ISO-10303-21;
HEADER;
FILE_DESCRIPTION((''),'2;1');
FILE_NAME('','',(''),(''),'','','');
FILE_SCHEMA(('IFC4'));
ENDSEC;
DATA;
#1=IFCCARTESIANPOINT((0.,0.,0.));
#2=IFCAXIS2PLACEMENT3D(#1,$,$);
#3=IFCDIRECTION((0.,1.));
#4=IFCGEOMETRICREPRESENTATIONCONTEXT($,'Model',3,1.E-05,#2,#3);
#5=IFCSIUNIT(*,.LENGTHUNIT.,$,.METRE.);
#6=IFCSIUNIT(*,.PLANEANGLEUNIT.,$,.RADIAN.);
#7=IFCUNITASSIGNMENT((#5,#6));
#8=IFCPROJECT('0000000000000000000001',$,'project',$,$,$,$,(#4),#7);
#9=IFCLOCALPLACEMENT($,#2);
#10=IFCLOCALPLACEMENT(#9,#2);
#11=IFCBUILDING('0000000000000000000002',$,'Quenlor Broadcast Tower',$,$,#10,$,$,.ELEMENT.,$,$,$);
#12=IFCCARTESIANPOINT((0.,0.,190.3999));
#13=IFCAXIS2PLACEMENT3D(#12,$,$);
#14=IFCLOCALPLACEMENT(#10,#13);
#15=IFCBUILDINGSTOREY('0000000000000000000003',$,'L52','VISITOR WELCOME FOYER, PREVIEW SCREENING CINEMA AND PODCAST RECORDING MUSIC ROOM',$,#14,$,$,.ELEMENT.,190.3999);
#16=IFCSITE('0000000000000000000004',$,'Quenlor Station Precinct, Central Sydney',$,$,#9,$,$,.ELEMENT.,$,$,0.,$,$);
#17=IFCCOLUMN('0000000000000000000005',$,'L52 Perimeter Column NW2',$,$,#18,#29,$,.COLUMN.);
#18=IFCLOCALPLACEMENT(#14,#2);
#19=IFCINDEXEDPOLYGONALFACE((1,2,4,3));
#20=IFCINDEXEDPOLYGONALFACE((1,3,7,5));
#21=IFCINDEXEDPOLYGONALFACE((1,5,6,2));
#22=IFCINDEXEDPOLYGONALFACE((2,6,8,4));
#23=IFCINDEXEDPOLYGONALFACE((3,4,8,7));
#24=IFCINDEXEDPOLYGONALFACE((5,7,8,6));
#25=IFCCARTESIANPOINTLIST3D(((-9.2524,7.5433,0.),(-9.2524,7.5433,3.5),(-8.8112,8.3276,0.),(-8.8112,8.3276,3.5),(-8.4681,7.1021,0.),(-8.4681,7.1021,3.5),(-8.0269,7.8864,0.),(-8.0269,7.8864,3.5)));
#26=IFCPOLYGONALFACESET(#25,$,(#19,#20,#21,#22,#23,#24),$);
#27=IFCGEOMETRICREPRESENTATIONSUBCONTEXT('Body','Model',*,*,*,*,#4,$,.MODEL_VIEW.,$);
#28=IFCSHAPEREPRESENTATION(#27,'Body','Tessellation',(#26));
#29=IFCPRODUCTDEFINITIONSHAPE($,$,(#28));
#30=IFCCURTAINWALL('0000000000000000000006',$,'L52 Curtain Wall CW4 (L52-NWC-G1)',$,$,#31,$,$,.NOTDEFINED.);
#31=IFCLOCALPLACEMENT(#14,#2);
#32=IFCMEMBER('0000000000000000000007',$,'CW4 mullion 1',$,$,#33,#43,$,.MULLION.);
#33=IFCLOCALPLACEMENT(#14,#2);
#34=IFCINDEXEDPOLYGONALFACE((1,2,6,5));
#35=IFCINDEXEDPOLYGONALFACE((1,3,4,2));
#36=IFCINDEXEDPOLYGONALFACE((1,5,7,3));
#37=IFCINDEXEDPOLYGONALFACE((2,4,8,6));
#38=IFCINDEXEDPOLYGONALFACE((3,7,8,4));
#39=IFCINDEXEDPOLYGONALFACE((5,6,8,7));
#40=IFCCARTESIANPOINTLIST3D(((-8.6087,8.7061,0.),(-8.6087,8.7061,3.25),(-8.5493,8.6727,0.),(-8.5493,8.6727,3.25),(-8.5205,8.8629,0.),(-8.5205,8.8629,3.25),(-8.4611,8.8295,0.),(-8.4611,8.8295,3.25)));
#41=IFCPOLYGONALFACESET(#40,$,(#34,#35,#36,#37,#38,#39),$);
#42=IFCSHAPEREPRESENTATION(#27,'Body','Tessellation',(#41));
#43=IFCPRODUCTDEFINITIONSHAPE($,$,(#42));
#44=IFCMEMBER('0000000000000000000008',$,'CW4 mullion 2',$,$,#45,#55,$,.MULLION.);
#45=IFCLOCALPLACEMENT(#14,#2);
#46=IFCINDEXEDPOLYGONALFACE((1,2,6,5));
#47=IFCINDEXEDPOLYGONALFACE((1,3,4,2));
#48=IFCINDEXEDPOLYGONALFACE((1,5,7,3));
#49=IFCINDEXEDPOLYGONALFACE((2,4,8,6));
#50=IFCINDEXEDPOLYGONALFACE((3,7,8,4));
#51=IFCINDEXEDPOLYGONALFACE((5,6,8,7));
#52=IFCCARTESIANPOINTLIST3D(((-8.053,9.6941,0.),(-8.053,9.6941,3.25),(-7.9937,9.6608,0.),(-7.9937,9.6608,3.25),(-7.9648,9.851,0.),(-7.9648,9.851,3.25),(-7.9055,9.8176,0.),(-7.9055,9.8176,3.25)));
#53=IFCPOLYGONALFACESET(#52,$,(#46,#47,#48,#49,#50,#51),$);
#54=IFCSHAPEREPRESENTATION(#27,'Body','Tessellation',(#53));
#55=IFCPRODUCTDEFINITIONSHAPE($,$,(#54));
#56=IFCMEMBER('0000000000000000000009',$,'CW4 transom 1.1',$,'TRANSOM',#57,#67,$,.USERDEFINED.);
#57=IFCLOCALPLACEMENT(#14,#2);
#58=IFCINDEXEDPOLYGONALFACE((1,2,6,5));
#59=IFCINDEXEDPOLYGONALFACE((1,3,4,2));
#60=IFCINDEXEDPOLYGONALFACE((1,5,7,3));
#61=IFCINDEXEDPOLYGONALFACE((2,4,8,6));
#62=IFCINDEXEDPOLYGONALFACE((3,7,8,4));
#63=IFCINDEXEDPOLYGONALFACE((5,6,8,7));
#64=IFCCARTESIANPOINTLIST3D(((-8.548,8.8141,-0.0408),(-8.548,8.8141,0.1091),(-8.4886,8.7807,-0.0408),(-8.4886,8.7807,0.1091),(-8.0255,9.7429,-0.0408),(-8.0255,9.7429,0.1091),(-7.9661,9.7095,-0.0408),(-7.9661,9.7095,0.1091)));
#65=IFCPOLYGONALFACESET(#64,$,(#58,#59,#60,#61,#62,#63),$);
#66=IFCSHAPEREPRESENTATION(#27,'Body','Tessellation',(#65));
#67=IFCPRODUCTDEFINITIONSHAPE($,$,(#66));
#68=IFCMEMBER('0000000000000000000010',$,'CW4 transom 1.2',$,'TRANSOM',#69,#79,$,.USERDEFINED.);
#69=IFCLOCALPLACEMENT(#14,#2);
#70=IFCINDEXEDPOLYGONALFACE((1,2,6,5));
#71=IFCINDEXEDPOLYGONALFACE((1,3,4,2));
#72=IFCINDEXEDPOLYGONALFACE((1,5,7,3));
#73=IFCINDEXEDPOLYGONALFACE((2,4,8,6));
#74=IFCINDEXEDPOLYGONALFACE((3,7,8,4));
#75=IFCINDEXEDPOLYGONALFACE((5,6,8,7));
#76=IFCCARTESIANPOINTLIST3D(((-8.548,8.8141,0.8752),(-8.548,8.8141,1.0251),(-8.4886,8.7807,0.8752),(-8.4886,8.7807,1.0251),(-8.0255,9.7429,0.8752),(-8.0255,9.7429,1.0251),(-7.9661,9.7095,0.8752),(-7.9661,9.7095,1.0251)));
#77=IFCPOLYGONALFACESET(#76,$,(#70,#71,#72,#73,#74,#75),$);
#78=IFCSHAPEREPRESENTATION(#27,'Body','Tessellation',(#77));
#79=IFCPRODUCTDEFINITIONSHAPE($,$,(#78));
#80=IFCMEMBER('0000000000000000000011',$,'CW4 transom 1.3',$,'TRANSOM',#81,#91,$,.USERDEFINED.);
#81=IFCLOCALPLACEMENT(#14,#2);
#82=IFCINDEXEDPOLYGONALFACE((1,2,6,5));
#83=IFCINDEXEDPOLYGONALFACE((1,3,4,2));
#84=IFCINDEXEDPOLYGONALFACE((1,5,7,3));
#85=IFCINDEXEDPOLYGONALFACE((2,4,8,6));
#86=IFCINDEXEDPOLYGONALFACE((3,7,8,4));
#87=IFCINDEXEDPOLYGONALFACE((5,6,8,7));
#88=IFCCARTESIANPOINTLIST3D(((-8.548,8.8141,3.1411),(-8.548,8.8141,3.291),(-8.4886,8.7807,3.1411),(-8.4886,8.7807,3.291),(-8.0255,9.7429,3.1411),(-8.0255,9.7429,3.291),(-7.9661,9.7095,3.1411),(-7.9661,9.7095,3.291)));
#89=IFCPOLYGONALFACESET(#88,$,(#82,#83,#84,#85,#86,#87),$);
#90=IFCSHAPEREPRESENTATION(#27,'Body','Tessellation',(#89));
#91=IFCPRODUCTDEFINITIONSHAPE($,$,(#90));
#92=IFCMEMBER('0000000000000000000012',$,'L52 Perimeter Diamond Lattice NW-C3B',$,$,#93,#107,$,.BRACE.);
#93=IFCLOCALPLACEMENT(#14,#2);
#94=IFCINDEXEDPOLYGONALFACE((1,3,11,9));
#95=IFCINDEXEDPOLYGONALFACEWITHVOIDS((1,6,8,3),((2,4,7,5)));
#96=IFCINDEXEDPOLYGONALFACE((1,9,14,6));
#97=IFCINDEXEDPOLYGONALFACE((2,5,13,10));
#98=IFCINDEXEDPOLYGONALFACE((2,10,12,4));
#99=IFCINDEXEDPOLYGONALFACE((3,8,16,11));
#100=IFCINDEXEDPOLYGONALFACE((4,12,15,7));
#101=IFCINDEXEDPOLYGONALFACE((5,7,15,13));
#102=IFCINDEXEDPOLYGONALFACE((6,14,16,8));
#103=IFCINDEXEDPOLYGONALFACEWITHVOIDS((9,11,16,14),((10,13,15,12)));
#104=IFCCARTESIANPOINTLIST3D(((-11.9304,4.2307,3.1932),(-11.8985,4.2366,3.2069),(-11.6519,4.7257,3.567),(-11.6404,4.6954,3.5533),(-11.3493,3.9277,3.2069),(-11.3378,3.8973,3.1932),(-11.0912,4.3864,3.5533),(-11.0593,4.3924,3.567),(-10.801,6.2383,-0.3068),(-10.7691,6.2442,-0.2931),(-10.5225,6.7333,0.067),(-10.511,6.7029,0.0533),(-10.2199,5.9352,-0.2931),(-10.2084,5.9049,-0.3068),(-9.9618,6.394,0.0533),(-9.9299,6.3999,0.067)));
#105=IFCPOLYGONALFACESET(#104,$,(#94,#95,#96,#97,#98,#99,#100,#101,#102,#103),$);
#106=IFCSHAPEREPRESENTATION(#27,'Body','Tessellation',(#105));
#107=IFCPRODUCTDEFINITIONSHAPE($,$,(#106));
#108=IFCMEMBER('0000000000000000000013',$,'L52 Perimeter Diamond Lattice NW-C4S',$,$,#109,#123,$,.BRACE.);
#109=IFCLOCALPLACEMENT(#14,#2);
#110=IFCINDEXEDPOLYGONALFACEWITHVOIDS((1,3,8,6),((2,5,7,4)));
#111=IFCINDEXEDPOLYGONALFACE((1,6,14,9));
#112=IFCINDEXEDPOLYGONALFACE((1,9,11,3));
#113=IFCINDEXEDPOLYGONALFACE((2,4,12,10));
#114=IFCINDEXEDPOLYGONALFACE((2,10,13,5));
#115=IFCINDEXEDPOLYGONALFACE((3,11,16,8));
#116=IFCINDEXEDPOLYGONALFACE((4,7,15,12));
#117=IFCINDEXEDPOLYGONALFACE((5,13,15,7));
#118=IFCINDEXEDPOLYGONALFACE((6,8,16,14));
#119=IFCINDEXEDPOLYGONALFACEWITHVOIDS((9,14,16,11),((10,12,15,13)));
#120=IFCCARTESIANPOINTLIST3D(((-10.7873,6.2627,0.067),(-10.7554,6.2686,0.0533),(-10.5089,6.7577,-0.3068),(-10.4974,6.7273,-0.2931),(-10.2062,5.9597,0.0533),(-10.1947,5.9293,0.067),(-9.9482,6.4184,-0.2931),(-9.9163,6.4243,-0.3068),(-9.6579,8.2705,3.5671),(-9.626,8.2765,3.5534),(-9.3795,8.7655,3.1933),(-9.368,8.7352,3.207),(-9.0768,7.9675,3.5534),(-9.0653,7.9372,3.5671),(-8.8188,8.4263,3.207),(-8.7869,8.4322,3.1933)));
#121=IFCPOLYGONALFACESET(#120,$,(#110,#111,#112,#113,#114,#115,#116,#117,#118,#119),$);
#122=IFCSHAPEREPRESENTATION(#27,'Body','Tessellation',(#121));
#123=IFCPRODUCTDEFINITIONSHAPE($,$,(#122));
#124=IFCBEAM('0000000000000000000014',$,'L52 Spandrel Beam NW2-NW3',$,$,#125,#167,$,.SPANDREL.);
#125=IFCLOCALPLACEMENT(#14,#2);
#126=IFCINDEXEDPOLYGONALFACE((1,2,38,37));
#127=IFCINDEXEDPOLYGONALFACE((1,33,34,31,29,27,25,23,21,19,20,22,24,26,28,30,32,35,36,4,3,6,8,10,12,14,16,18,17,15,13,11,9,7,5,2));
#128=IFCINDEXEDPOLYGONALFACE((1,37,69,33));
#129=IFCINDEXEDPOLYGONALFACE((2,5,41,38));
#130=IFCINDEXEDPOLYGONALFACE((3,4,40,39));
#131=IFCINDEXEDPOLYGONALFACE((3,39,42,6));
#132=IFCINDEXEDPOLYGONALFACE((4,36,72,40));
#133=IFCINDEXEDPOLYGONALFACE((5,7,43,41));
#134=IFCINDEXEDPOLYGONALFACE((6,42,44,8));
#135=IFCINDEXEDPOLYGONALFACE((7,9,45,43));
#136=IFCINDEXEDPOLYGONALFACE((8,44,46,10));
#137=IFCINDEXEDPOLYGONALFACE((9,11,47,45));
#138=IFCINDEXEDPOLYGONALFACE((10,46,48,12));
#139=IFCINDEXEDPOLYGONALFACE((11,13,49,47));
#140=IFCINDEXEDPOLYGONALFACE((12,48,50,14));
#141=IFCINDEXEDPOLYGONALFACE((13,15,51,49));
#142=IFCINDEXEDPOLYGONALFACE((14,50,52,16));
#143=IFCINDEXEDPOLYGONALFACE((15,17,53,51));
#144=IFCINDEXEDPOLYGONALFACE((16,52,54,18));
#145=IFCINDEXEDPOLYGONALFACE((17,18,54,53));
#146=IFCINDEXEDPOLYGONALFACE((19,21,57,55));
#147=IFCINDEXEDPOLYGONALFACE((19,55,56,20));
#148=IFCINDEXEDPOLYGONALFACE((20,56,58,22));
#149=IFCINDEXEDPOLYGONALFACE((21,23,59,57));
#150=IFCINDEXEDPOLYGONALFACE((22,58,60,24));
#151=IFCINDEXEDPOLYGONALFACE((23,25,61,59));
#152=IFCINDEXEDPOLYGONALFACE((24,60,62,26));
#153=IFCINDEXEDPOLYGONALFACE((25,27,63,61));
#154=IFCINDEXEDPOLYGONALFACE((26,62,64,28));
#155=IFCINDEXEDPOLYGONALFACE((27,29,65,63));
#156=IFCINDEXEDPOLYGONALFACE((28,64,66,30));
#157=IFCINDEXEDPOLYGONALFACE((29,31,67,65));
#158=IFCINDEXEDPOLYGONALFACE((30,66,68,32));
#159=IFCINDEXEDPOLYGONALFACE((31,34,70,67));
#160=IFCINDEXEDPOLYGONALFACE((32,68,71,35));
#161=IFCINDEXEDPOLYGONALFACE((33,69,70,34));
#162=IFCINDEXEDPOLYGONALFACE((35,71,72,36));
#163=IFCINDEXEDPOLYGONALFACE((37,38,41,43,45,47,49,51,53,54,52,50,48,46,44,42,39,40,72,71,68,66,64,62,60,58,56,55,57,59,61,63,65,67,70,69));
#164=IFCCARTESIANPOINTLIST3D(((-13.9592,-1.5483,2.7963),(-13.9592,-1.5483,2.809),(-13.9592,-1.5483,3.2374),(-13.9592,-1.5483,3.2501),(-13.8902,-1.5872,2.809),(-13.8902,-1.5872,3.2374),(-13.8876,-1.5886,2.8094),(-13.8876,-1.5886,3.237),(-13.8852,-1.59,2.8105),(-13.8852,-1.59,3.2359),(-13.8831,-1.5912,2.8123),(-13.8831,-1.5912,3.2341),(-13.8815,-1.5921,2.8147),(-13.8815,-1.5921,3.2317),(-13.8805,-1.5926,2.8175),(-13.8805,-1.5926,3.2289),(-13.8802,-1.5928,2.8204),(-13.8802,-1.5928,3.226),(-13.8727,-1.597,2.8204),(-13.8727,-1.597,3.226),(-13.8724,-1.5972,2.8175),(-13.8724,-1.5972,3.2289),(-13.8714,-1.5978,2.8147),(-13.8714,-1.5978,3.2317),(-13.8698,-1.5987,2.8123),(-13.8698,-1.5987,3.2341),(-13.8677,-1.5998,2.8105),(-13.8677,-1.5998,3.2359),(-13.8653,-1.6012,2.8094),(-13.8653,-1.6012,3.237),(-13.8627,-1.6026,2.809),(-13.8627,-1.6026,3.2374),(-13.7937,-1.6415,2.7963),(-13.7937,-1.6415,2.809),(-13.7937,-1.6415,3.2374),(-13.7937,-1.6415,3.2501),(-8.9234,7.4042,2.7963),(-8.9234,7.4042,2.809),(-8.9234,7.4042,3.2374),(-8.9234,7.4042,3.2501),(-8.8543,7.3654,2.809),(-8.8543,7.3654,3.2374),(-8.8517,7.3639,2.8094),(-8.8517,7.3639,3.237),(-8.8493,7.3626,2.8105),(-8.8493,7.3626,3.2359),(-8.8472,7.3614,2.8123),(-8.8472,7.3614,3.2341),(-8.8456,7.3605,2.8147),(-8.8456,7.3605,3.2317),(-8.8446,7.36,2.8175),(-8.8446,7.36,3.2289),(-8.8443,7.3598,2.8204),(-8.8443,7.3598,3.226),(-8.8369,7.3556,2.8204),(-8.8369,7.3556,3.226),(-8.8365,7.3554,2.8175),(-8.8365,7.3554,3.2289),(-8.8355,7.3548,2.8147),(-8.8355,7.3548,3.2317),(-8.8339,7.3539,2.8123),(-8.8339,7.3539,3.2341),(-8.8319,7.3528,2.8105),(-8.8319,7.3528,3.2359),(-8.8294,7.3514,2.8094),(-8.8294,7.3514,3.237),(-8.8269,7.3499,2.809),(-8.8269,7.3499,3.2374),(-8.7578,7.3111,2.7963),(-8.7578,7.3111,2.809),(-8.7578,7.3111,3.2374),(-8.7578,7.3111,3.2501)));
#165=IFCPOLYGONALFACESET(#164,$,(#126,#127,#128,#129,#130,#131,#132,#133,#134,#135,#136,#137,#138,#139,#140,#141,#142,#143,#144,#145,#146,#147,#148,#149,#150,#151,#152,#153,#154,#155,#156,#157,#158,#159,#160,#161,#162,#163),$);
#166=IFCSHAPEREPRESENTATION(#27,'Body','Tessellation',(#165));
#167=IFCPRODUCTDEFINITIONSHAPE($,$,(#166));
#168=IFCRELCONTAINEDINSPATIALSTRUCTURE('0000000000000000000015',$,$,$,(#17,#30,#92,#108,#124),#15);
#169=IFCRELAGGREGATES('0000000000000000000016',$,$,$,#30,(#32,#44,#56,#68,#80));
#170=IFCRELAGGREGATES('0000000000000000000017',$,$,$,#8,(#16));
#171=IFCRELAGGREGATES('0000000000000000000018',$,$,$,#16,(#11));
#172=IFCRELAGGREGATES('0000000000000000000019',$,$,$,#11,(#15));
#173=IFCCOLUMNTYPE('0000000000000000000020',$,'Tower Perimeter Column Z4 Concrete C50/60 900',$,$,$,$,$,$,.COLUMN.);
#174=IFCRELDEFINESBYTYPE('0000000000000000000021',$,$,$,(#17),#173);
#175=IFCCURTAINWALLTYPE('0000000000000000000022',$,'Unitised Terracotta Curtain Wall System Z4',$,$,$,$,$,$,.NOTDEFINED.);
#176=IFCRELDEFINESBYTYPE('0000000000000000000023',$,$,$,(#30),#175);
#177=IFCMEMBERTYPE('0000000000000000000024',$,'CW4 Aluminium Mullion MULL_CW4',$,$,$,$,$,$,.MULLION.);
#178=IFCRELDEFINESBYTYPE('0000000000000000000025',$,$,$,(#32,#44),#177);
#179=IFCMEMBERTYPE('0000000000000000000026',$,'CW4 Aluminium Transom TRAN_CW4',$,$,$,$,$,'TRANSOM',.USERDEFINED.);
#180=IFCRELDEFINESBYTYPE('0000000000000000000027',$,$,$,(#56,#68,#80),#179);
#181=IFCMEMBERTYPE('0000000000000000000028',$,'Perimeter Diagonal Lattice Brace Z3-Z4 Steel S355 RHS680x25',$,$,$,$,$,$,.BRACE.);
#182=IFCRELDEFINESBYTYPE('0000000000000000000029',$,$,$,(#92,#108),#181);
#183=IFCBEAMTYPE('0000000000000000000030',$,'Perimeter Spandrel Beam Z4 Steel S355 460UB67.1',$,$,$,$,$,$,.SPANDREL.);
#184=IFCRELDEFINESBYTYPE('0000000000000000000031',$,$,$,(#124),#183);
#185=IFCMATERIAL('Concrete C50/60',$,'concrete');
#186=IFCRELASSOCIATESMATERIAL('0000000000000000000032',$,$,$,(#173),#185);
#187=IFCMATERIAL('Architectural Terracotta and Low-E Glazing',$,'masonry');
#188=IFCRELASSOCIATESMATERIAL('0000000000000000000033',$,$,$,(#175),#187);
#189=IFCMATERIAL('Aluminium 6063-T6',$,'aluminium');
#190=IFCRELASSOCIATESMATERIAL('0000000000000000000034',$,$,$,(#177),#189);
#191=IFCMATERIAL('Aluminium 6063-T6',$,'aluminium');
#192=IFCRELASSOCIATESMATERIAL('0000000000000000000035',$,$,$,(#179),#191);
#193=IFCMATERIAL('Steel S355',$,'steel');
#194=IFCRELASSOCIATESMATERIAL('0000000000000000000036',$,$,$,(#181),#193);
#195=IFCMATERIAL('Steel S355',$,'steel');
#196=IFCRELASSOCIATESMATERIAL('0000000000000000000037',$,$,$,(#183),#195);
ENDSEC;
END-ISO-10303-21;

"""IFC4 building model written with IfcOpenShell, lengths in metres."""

from ifc_helpers import new_model, si_unit, direction, frame, origin, origin_2d, place, context, subcontext, project, spatial, rectangle, hollow_rectangle, i_section, extrude, material, material_profile, profile_set, type_object, element, aggregate, save


model = new_model("IFC4")

# Units and contexts
model_context = context("Model", 3, precision=1e-05, world=origin(), true_north=direction((0.0, 1.0)))
body_context = subcontext(model_context, "Body", "Model", "MODEL_VIEW")
ifc_project = project(units=[si_unit("LENGTHUNIT", "METRE"), si_unit("PLANEANGLEUNIT", "RADIAN")], contexts=[model_context])

# Site, building, storey
site_placement = place(None, origin())
site = spatial("IfcSite", under=ifc_project, at=site_placement, Name="Quenlor Station Precinct, Central Sydney", CompositionType="ELEMENT", RefElevation=0.0)
building_placement = place(site_placement, origin())
building = spatial("IfcBuilding", under=site, at=building_placement, Name="Quenlor Broadcast Tower", CompositionType="ELEMENT")
storey_placement = place(building_placement, frame((0.0, 0.0, 190.3999)))
storey = spatial("IfcBuildingStorey", under=building, at=storey_placement, Name="L52", Description="VISITOR WELCOME FOYER, PREVIEW SCREENING CINEMA AND PODCAST RECORDING MUSIC ROOM", CompositionType="ELEMENT", Elevation=190.3999)

# Column
ifc_material_1 = material(Name="Concrete C50/60", Category="concrete")
ifc_material_profile_1 = material_profile(ifc_material_1, rectangle(XDim=0.8999, YDim=0.8999, at=origin_2d()))
ifc_profile_set_1 = profile_set([ifc_material_profile_1], Name="Concrete C50/60 RC900x900")
column_type = type_object("IfcColumnType", Name="Tower Perimeter Column Z4 Concrete C50/60 900", PredefinedType="COLUMN", material=ifc_profile_set_1)
column_placement = place(storey_placement, frame((-8.6396, 7.7148, 0.0), z_axis=(0.0, 0.0, 1.0), x_axis=(-0.871575, 0.490262, 0.0)))
element("IfcColumn", 1, at=column_placement, inside=storey, type_object=column_type, Name="L52 Perimeter Column NW2", PredefinedType="COLUMN", context=body_context, shape_type="SweptSolid", body=[
    extrude(rectangle(XDim=0.8999, YDim=0.8999, at=origin_2d()), origin(), (0.0, 0.0, 1.0), 3.5),
])

# Curtain wall, members
ifc_material_2 = material(Name="Architectural Terracotta and Low-E Glazing", Category="masonry")
curtain_wall_type = type_object("IfcCurtainWallType", Name="Unitised Terracotta Curtain Wall System Z4", PredefinedType="NOTDEFINED", material=ifc_material_2)
curtain_wall_placement = place(storey_placement, origin())
curtain_wall = element("IfcCurtainWall", 2, at=curtain_wall_placement, inside=storey, type_object=curtain_wall_type, Name="L52 Curtain Wall CW4 (L52-NWC-G1)", PredefinedType="NOTDEFINED")
ifc_material_3 = material(Name="Aluminium 6063-T6", Category="aluminium")
ifc_material_profile_2 = material_profile(ifc_material_3, rectangle(XDim=0.0681, YDim=0.1799, at=origin_2d()))
ifc_profile_set_2 = profile_set([ifc_material_profile_2], Name="Aluminium 6063-T6 MULL68x180")
member_type_1 = type_object("IfcMemberType", Name="CW4 Aluminium Mullion MULL_CW4", PredefinedType="MULLION", material=ifc_profile_set_2)
member_1_placement = place(storey_placement, frame((-8.5349, 8.7678, 0.0), z_axis=(0.0, 0.0, 1.0), x_axis=(-0.871558, 0.490293, 0.0)))
member_1 = element("IfcMember", 3, at=member_1_placement, type_object=member_type_1, Name="CW4 mullion 1", PredefinedType="MULLION", context=body_context, shape_type="SweptSolid", body=[
    extrude(rectangle(XDim=0.0681, YDim=0.1799, at=origin_2d()), origin(), (0.0, 0.0, 1.0), 3.25),
])
member_2_placement = place(storey_placement, frame((-7.9792, 9.7559, 0.0), z_axis=(0.0, 0.0, 1.0), x_axis=(-0.871558, 0.490293, 0.0)))
member_2 = element("IfcMember", 4, at=member_2_placement, type_object=member_type_1, Name="CW4 mullion 2", PredefinedType="MULLION", context=body_context, shape_type="SweptSolid", body=[
    extrude(rectangle(XDim=0.0681, YDim=0.1799, at=origin_2d()), origin(), (0.0, 0.0, 1.0), 3.25),
])
ifc_material_4 = material(Name="Aluminium 6063-T6", Category="aluminium")
ifc_material_profile_3 = material_profile(ifc_material_4, rectangle(XDim=0.0681, YDim=0.1499, at=origin_2d()))
ifc_profile_set_3 = profile_set([ifc_material_profile_3], Name="Aluminium 6063-T6 TRAN68x150")
member_type_2 = type_object("IfcMemberType", Name="CW4 Aluminium Transom TRAN_CW4", ElementType="TRANSOM", PredefinedType="USERDEFINED", material=ifc_profile_set_3)
member_3_placement = place(storey_placement, frame((-8.5183, 8.7974, 0.0342), z_axis=(0.490305, 0.871551, 0.0), x_axis=(-0.871551, 0.490305, 0.0)))
member_3 = element("IfcMember", 5, at=member_3_placement, type_object=member_type_2, Name="CW4 transom 1.1", ObjectType="TRANSOM", PredefinedType="USERDEFINED", context=body_context, shape_type="SweptSolid", body=[
    extrude(rectangle(XDim=0.0681, YDim=0.1499, at=origin_2d()), origin(), (0.0, 0.0, 1.0), 1.0657),
])
member_4_placement = place(storey_placement, frame((-8.5183, 8.7974, 0.9502), z_axis=(0.490305, 0.871551, 0.0), x_axis=(-0.871551, 0.490305, 0.0)))
member_4 = element("IfcMember", 6, at=member_4_placement, type_object=member_type_2, Name="CW4 transom 1.2", ObjectType="TRANSOM", PredefinedType="USERDEFINED", context=body_context, shape_type="SweptSolid", body=[
    extrude(rectangle(XDim=0.0681, YDim=0.1499, at=origin_2d()), origin(), (0.0, 0.0, 1.0), 1.0657),
])
member_5_placement = place(storey_placement, frame((-8.5183, 8.7974, 3.2161), z_axis=(0.490305, 0.871551, 0.0), x_axis=(-0.871551, 0.490305, 0.0)))
member_5 = element("IfcMember", 7, at=member_5_placement, type_object=member_type_2, Name="CW4 transom 1.3", ObjectType="TRANSOM", PredefinedType="USERDEFINED", context=body_context, shape_type="SweptSolid", body=[
    extrude(rectangle(XDim=0.0681, YDim=0.1499, at=origin_2d()), origin(), (0.0, 0.0, 1.0), 1.0657),
])

# Members
ifc_material_5 = material(Name="Steel S355", Category="steel")
ifc_material_profile_4 = material_profile(ifc_material_5, hollow_rectangle(XDim=0.6799, YDim=0.6799, WallThickness=0.0249, at=origin_2d()))
ifc_profile_set_4 = profile_set([ifc_material_profile_4], Name="Steel S355 RHS680x680x25")
member_type_3 = type_object("IfcMemberType", Name="Perimeter Diagonal Lattice Brace Z3-Z4 Steel S355 RHS680x25", PredefinedType="BRACE", material=ifc_profile_set_4)
member_6_placement = place(storey_placement, frame((-10.3655, 6.3191, -0.1199), z_axis=(-0.269547, -0.479136, 0.835328), x_axis=(0.87155, -0.490307, 0.0)))
element("IfcMember", 8, at=member_6_placement, inside=storey, type_object=member_type_3, Name="L52 Perimeter Diamond Lattice NW-C3B", PredefinedType="BRACE", context=body_context, shape_type="SweptSolid", body=[
    extrude(hollow_rectangle(XDim=0.6799, YDim=0.6799, WallThickness=0.0249, at=origin_2d()), origin(), (0.0, 0.0, 1.0), 4.1899),
])
member_7_placement = place(storey_placement, frame((-10.3518, 6.3435, -0.1199), z_axis=(0.26954, 0.479181, 0.835305), x_axis=(-0.871576, 0.490261, 0.0)))
element("IfcMember", 9, at=member_7_placement, inside=storey, type_object=member_type_3, Name="L52 Perimeter Diamond Lattice NW-C4S", PredefinedType="BRACE", context=body_context, shape_type="SweptSolid", body=[
    extrude(hollow_rectangle(XDim=0.6799, YDim=0.6799, WallThickness=0.0249, at=origin_2d()), origin(), (0.0, 0.0, 1.0), 4.1902),
])

# Beam
ifc_material_6 = material(Name="Steel S355", Category="steel")
ifc_material_profile_5 = material_profile(ifc_material_6, i_section(OverallWidth=0.1899, OverallDepth=0.4539, WebThickness=0.0085, FlangeThickness=0.0127, FilletRadius=0.0115, at=origin_2d()))
ifc_profile_set_5 = profile_set([ifc_material_profile_5], Name="Steel S355 460UB67.1")
beam_type_1 = type_object("IfcBeamType", Name="Perimeter Spandrel Beam Z4 Steel S355 460UB67.1", PredefinedType="SPANDREL", material=ifc_profile_set_5)
beam_1_placement = place(storey_placement, frame((-8.8406, 7.3577, 3.0232), z_axis=(-0.490263, -0.871574, 0.0), x_axis=(0.871574, -0.490263, 0.0)))
element("IfcBeam", 10, at=beam_1_placement, inside=storey, type_object=beam_type_1, Name="L52 Spandrel Beam NW2-NW3", PredefinedType="SPANDREL", context=body_context, shape_type="SweptSolid", body=[
    extrude(i_section(OverallWidth=0.1899, OverallDepth=0.4539, WebThickness=0.0085, FlangeThickness=0.0127, FilletRadius=0.0115, at=origin_2d()), origin(), (0.0, 0.0, 1.0), 10.2717),
])

aggregate(curtain_wall, [member_1, member_2, member_3, member_4, member_5])

save(model, "model.ifc")
